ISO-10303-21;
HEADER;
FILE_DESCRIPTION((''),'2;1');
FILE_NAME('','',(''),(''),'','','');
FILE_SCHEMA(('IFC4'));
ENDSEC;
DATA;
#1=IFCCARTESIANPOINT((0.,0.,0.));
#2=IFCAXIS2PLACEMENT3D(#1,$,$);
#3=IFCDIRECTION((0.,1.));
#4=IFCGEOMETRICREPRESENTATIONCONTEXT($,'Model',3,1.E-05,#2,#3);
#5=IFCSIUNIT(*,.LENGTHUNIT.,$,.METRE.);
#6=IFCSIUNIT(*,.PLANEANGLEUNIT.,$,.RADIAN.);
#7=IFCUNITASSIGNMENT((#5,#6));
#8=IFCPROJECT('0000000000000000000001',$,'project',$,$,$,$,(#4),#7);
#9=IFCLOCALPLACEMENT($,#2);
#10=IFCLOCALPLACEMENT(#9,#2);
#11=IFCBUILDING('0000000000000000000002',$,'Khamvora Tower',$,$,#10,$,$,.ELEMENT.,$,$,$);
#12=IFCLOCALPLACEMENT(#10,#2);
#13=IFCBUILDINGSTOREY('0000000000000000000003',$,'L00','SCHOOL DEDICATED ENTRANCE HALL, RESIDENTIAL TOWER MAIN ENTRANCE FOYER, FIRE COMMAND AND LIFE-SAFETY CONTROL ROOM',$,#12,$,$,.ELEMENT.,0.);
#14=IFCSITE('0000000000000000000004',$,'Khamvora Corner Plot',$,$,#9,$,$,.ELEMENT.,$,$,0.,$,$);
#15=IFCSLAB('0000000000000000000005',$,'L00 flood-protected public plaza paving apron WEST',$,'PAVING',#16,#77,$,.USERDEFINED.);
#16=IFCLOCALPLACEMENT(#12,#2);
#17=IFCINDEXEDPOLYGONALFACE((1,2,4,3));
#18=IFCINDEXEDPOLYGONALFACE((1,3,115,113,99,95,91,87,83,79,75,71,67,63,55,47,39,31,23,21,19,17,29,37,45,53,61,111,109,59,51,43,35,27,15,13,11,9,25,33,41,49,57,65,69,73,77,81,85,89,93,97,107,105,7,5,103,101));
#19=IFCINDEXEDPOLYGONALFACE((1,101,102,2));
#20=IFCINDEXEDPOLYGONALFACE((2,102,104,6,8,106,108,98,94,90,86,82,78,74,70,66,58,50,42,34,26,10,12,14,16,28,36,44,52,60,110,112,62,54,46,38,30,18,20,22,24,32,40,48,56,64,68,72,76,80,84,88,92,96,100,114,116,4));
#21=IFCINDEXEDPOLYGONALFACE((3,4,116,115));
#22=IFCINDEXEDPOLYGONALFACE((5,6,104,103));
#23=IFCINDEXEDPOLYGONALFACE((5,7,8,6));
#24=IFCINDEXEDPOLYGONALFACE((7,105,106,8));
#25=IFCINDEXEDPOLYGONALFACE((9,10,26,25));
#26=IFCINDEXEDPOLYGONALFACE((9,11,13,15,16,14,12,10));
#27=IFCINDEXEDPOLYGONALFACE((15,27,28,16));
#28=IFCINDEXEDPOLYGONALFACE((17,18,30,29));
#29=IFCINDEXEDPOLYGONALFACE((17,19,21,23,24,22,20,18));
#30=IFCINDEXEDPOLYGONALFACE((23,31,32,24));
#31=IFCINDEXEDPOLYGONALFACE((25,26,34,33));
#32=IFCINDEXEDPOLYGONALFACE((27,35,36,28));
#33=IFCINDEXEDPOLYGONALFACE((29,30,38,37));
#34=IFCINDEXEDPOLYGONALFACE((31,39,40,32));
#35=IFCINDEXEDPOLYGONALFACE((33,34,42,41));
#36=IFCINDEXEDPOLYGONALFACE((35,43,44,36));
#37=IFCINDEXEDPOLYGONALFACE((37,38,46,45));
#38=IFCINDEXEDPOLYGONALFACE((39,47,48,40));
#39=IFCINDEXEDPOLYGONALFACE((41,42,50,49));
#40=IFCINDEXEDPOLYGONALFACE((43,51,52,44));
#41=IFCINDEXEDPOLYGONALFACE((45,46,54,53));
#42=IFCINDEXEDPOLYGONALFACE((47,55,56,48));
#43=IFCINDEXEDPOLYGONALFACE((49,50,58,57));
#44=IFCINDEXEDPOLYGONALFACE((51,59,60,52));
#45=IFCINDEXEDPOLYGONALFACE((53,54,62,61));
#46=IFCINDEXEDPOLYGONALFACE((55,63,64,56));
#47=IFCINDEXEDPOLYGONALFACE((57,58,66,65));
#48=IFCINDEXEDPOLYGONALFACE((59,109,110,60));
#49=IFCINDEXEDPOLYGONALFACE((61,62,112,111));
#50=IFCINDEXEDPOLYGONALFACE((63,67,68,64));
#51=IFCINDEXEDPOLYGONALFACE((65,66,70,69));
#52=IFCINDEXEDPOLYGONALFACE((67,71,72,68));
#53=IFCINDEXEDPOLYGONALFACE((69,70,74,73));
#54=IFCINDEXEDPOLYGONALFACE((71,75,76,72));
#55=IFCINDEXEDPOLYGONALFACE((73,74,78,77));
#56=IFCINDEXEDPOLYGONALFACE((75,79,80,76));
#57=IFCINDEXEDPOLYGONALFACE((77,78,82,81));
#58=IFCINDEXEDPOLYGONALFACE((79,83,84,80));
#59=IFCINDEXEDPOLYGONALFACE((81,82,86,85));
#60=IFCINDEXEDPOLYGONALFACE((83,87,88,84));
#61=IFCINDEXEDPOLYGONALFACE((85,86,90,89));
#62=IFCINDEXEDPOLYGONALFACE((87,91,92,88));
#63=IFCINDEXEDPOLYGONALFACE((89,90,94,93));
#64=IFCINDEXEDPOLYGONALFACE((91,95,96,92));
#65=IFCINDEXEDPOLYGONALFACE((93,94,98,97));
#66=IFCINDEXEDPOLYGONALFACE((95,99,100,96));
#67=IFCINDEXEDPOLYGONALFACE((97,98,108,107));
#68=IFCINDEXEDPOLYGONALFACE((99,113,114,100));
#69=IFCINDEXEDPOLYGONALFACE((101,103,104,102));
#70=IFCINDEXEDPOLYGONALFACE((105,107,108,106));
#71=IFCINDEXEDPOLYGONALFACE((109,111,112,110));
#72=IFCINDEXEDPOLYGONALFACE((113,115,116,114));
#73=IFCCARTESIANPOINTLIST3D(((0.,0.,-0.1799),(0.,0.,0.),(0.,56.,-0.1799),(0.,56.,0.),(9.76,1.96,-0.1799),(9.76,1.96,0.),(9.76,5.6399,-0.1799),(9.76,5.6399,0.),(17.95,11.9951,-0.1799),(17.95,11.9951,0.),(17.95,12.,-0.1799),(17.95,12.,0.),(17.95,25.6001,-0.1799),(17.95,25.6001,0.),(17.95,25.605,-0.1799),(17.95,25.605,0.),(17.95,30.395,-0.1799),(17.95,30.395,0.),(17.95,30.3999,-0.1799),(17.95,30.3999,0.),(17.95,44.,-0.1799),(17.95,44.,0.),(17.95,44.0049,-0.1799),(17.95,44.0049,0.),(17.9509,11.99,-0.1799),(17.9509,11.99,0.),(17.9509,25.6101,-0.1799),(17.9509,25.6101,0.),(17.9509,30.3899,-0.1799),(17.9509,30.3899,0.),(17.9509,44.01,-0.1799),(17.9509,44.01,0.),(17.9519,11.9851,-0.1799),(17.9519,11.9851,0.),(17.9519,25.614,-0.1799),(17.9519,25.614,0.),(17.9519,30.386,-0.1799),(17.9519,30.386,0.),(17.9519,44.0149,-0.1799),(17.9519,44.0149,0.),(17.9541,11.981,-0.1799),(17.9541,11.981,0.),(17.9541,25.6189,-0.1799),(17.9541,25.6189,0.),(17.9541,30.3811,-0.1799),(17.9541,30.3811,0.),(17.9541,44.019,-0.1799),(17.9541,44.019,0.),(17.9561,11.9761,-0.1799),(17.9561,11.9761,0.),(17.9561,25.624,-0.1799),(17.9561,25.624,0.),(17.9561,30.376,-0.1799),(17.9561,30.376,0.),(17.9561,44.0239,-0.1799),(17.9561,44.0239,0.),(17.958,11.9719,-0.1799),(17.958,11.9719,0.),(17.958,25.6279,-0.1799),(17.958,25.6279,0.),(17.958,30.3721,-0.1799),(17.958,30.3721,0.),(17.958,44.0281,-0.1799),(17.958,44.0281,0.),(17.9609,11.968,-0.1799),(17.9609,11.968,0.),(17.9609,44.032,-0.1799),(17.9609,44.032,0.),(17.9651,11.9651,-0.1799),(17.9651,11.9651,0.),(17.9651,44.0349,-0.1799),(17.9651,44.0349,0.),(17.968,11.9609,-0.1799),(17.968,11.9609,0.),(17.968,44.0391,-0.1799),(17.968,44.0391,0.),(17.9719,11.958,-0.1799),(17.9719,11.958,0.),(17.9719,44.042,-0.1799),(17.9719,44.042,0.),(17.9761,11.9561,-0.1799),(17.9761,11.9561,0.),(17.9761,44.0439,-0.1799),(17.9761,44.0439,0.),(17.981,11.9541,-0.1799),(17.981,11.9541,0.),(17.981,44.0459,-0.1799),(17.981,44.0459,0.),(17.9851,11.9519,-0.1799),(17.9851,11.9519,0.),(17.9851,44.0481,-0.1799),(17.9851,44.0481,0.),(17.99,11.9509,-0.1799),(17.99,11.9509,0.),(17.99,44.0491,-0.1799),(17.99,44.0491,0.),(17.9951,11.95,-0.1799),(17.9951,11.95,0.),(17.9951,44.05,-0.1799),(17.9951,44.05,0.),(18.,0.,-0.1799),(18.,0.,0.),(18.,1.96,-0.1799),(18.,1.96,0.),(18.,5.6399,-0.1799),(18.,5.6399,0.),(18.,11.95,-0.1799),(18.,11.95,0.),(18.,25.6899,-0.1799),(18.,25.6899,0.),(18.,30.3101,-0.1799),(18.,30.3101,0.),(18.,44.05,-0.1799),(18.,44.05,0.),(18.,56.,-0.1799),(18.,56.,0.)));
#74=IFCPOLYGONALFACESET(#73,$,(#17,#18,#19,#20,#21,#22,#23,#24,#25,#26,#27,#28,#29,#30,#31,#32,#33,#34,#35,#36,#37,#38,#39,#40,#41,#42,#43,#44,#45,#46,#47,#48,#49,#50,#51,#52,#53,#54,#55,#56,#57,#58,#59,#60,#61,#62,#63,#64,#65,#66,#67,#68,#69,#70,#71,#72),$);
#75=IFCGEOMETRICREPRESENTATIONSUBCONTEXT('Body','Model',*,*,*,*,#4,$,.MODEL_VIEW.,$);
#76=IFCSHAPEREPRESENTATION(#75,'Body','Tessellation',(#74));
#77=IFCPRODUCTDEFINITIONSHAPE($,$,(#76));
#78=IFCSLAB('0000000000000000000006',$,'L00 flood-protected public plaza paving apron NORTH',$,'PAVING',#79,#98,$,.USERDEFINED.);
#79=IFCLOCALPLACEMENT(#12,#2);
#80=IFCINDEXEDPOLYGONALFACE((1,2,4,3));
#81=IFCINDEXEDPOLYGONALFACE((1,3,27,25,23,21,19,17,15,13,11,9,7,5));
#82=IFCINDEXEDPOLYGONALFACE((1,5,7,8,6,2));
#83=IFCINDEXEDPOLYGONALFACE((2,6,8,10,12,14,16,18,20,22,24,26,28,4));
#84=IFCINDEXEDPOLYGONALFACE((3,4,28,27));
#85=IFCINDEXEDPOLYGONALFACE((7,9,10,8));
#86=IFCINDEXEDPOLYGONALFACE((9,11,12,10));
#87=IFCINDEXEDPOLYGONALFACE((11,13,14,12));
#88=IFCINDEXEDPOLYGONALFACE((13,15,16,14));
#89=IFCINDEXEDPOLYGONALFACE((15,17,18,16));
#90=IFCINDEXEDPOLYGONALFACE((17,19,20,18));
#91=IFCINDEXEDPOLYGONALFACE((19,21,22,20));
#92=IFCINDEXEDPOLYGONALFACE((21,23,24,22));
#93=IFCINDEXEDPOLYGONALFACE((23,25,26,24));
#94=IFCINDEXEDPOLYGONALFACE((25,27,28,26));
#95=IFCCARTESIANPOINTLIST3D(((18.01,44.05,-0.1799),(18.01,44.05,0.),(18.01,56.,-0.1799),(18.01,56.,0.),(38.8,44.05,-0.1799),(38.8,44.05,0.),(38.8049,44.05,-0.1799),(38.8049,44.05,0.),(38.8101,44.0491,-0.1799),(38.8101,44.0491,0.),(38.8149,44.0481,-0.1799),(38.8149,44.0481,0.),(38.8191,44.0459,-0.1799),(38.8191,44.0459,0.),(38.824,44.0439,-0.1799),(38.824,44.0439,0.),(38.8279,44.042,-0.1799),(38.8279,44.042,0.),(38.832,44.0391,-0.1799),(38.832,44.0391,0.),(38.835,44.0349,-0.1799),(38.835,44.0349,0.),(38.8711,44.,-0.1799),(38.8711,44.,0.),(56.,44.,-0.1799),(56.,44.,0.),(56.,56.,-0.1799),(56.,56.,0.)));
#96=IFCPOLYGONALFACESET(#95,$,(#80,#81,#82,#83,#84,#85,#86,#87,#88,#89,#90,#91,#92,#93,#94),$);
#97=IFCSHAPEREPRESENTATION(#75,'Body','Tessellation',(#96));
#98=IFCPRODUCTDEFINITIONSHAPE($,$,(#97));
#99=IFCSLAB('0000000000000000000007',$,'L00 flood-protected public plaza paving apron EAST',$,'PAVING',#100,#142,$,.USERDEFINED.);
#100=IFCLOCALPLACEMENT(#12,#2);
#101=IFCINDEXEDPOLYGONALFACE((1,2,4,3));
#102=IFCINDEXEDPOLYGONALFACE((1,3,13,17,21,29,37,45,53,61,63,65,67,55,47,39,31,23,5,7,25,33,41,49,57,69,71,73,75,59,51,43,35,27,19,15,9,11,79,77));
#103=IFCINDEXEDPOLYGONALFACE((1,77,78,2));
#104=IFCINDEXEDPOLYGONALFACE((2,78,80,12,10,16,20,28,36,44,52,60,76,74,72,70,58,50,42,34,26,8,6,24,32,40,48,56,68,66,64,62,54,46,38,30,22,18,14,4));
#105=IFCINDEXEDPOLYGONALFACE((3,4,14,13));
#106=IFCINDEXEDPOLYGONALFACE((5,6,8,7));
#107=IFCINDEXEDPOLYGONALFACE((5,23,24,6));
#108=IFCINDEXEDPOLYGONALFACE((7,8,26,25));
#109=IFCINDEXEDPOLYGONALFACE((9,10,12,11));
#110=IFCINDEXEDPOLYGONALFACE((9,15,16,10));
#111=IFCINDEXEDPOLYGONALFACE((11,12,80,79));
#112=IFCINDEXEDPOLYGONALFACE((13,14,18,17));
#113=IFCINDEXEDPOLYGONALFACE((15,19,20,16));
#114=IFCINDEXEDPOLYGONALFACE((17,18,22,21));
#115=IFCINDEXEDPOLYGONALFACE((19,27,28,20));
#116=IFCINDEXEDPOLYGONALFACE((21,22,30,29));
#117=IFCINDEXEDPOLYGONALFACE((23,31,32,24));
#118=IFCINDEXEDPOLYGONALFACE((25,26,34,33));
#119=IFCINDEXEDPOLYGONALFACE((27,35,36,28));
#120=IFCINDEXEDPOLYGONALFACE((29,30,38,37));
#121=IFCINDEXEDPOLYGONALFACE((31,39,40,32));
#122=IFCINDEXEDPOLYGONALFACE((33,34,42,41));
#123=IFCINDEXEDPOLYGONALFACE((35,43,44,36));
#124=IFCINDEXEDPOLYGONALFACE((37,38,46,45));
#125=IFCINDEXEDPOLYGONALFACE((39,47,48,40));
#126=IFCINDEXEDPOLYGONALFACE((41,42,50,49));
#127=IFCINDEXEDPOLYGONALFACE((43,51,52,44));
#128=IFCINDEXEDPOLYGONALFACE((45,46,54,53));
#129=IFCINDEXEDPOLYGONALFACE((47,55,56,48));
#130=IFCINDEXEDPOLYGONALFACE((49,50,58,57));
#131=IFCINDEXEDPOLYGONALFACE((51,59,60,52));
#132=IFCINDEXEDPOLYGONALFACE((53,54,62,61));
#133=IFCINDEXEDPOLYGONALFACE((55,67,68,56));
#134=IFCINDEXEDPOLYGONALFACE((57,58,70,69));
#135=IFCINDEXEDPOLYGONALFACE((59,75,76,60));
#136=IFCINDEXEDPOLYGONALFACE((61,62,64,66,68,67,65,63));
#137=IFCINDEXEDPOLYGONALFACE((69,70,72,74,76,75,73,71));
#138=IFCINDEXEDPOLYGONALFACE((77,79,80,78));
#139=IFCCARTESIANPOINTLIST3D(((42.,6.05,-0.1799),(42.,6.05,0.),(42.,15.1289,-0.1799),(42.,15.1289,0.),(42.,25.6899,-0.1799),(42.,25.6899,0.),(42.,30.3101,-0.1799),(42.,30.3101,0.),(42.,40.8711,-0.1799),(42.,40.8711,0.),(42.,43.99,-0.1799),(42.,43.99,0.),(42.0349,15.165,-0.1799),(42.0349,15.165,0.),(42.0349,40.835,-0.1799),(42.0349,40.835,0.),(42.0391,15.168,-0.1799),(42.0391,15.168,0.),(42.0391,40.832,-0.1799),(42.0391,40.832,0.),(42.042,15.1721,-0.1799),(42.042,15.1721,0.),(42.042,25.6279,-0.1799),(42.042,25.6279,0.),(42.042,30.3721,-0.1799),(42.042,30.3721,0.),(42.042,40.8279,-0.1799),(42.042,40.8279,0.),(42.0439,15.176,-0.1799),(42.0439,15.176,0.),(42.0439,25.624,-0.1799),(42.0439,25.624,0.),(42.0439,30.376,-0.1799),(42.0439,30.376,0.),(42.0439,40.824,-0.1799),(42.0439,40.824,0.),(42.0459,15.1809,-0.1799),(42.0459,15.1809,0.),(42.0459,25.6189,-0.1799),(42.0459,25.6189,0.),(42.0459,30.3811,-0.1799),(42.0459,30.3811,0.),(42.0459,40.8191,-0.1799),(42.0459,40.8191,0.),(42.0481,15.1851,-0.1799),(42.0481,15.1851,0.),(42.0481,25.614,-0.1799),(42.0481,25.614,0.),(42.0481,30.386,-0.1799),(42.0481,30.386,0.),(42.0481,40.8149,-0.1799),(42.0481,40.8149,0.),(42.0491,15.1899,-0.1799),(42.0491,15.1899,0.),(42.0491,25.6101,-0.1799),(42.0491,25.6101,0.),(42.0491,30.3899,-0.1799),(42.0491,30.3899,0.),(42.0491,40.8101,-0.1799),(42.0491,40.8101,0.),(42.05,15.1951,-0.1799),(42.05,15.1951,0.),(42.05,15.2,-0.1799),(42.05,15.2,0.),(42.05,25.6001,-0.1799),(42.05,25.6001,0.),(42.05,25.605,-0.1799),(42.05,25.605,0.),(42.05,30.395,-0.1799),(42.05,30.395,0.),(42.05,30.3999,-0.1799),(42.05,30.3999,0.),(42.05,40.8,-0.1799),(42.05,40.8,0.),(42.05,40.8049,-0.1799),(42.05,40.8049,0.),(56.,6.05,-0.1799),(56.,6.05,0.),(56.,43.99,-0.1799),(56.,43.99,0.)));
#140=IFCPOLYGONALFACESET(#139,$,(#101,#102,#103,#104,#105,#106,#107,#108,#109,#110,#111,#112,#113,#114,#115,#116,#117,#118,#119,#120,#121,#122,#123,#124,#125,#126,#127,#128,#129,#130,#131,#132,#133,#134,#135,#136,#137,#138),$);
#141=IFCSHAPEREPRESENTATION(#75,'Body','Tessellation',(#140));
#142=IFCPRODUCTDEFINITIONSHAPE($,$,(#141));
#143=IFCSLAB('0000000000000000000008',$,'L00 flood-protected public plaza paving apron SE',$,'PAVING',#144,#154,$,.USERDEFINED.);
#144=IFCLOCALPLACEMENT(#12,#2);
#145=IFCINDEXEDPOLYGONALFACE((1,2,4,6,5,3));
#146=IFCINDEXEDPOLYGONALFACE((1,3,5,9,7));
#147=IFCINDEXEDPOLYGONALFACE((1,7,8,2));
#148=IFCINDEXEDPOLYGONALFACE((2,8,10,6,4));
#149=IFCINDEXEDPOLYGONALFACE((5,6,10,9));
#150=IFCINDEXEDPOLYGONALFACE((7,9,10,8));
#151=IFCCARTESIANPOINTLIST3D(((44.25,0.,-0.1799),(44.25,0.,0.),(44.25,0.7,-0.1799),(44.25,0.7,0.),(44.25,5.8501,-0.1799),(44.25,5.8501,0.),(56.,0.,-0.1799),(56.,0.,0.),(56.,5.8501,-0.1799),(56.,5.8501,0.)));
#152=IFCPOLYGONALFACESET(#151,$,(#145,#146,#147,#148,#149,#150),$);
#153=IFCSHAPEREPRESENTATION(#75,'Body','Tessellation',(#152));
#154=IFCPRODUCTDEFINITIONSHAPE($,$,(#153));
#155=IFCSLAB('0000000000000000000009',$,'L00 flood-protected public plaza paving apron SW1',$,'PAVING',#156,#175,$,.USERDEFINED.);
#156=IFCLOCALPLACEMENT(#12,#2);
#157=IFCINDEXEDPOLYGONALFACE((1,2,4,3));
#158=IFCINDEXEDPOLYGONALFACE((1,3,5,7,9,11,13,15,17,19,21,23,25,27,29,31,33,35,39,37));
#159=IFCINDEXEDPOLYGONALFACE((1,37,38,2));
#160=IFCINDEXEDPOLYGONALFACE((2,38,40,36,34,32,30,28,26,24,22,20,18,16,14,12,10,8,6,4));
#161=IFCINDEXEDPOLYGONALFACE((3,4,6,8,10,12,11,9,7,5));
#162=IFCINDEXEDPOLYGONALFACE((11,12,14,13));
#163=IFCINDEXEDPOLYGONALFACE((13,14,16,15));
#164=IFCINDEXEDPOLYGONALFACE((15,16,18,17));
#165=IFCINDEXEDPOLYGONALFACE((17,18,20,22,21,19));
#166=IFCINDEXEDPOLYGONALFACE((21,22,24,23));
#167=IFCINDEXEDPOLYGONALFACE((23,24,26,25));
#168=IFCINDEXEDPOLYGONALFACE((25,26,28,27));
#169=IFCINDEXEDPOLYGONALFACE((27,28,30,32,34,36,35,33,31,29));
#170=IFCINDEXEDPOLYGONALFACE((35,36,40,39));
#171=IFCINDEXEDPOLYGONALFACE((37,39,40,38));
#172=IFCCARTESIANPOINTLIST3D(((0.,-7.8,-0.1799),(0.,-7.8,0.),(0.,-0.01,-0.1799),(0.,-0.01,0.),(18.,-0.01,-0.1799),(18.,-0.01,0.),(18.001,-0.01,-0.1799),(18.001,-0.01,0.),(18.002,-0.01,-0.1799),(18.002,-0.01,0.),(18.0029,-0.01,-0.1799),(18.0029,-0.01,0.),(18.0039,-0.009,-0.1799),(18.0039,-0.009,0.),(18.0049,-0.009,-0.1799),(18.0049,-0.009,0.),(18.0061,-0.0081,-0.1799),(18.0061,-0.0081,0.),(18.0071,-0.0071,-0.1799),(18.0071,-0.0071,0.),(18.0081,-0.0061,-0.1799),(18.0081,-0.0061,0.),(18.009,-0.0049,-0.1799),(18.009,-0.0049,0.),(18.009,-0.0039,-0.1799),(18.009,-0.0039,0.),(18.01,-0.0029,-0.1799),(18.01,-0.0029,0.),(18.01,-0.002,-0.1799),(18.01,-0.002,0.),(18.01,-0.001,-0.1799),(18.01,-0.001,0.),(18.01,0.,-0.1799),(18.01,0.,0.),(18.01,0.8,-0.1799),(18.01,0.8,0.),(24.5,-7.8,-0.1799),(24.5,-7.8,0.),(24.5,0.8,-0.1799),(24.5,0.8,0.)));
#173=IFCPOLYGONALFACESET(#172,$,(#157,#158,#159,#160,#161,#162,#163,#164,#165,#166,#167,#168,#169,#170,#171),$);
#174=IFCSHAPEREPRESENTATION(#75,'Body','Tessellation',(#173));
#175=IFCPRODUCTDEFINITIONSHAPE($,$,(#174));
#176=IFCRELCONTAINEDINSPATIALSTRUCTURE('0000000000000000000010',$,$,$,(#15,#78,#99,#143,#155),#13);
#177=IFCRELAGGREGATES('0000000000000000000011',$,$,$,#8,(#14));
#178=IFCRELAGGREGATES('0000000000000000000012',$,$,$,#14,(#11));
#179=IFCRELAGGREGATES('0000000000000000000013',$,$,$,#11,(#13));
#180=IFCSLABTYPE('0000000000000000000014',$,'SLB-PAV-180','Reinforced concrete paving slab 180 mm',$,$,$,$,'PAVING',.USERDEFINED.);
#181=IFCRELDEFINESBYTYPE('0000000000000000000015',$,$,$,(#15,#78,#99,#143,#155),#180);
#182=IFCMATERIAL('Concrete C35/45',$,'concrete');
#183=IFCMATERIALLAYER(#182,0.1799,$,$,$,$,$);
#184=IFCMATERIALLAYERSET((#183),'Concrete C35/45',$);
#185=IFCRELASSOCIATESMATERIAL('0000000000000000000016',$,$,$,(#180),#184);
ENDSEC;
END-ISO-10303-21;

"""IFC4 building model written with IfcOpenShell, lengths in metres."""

from ifc_helpers import new_model, si_unit, direction, frame, origin, place, context, subcontext, project, spatial, polyline, outline, extrude, material, layer, layer_set, type_object, element, save


model = new_model("IFC4")

# Units and contexts
model_context = context("Model", 3, precision=1e-05, world=origin(), true_north=direction((0.0, 1.0)))
body_context = subcontext(model_context, "Body", "Model", "MODEL_VIEW")
ifc_project = project(units=[si_unit("LENGTHUNIT", "METRE"), si_unit("PLANEANGLEUNIT", "RADIAN")], contexts=[model_context])

# Site, building, storey
site_placement = place(None, origin())
site = spatial("IfcSite", under=ifc_project, at=site_placement, Name="Khamvora Corner Plot", CompositionType="ELEMENT", RefElevation=0.0)
building_placement = place(site_placement, origin())
building = spatial("IfcBuilding", under=site, at=building_placement, Name="Khamvora Tower", CompositionType="ELEMENT")
storey_placement = place(building_placement, origin())
storey = spatial("IfcBuildingStorey", under=building, at=storey_placement, Name="L00", Description="SCHOOL DEDICATED ENTRANCE HALL, RESIDENTIAL TOWER MAIN ENTRANCE FOYER, FIRE COMMAND AND LIFE-SAFETY CONTROL ROOM", CompositionType="ELEMENT", Elevation=0.0)

# Slabs
ifc_material_1 = material(Name="Concrete C35/45", Category="concrete")
ifc_layer_1 = layer(ifc_material_1, 0.1799)
ifc_layer_set_1 = layer_set([ifc_layer_1], Name="Concrete C35/45")
slab_type_1 = type_object("IfcSlabType", Name="SLB-PAV-180", Description="Reinforced concrete paving slab 180 mm", ElementType="PAVING", PredefinedType="USERDEFINED", material=ifc_layer_set_1)
slab_1_placement = place(storey_placement, frame((0.0, 0.0, -0.1799)))
element("IfcSlab", 1, at=slab_1_placement, inside=storey, type_object=slab_type_1, Name="L00 flood-protected public plaza paving apron WEST", ObjectType="PAVING", PredefinedType="USERDEFINED", context=body_context, shape_type="SweptSolid", body=[
    extrude(outline(polyline([(18.0, 0.0), (0.0, 0.0), (0.0, 56.0), (18.0, 56.0), (18.0, 44.05), (17.9951, 44.05), (17.99, 44.0491), (17.9851, 44.0481), (17.981, 44.0459), (17.9761, 44.0439), (17.9719, 44.042), (17.968, 44.0391), (17.9651, 44.0349), (17.9609, 44.032), (17.958, 44.0281), (17.9561, 44.0239), (17.9541, 44.019), (17.9519, 44.0149), (17.9509, 44.01), (17.95, 44.0049), (17.95, 44.0), (17.95, 30.3999), (17.95, 30.395), (17.9509, 30.3899), (17.9519, 30.386), (17.9541, 30.3811), (17.9561, 30.376), (17.958, 30.3721), (18.0, 30.3101), (18.0, 25.6899), (17.958, 25.6279), (17.9561, 25.624), (17.9541, 25.6189), (17.9519, 25.614), (17.9509, 25.6101), (17.95, 25.605), (17.95, 25.6001), (17.95, 12.0), (17.95, 11.9951), (17.9509, 11.99), (17.9519, 11.9851), (17.9541, 11.981), (17.9561, 11.9761), (17.958, 11.9719), (17.9609, 11.968), (17.9651, 11.9651), (17.968, 11.9609), (17.9719, 11.958), (17.9761, 11.9561), (17.981, 11.9541), (17.9851, 11.9519), (17.99, 11.9509), (17.9951, 11.95), (18.0, 11.95), (18.0, 5.6399), (9.76, 5.6399), (9.76, 1.96), (18.0, 1.96), (18.0, 0.0)])), origin(), (0.0, 0.0, 1.0), 0.1799),
])
slab_2_placement = place(storey_placement, frame((0.0, 0.0, -0.1799)))
element("IfcSlab", 2, at=slab_2_placement, inside=storey, type_object=slab_type_1, Name="L00 flood-protected public plaza paving apron NORTH", ObjectType="PAVING", PredefinedType="USERDEFINED", context=body_context, shape_type="SweptSolid", body=[
    extrude(outline(polyline([(56.0, 56.0), (56.0, 44.0), (38.8711, 44.0), (38.835, 44.0349), (38.832, 44.0391), (38.8279, 44.042), (38.824, 44.0439), (38.8191, 44.0459), (38.8149, 44.0481), (38.8101, 44.0491), (38.8049, 44.05), (38.8, 44.05), (18.01, 44.05), (18.01, 56.0), (56.0, 56.0)])), origin(), (0.0, 0.0, 1.0), 0.1799),
])
slab_3_placement = place(storey_placement, frame((0.0, 0.0, -0.1799)))
element("IfcSlab", 3, at=slab_3_placement, inside=storey, type_object=slab_type_1, Name="L00 flood-protected public plaza paving apron EAST", ObjectType="PAVING", PredefinedType="USERDEFINED", context=body_context, shape_type="SweptSolid", body=[
    extrude(outline(polyline([(56.0, 6.05), (42.0, 6.05), (42.0, 15.1289), (42.0349, 15.165), (42.0391, 15.168), (42.042, 15.1721), (42.0439, 15.176), (42.0459, 15.1809), (42.0481, 15.1851), (42.0491, 15.1899), (42.05, 15.1951), (42.05, 15.2), (42.05, 25.6001), (42.05, 25.605), (42.0491, 25.6101), (42.0481, 25.614), (42.0459, 25.6189), (42.0439, 25.624), (42.042, 25.6279), (42.0, 25.6899), (42.0, 30.3101), (42.042, 30.3721), (42.0439, 30.376), (42.0459, 30.3811), (42.0481, 30.386), (42.0491, 30.3899), (42.05, 30.395), (42.05, 30.3999), (42.05, 40.8), (42.05, 40.8049), (42.0491, 40.8101), (42.0481, 40.8149), (42.0459, 40.8191), (42.0439, 40.824), (42.042, 40.8279), (42.0391, 40.832), (42.0349, 40.835), (42.0, 40.8711), (42.0, 43.99), (56.0, 43.99), (56.0, 6.05)])), origin(), (0.0, 0.0, 1.0), 0.1799),
])
slab_4_placement = place(storey_placement, frame((0.0, 0.0, -0.1799)))
element("IfcSlab", 4, at=slab_4_placement, inside=storey, type_object=slab_type_1, Name="L00 flood-protected public plaza paving apron SE", ObjectType="PAVING", PredefinedType="USERDEFINED", context=body_context, shape_type="SweptSolid", body=[
    extrude(outline(polyline([(56.0, 5.8501), (56.0, 0.0), (44.25, 0.0), (44.25, 0.7), (44.25, 5.8501), (56.0, 5.8501)])), origin(), (0.0, 0.0, 1.0), 0.1799),
])
slab_5_placement = place(storey_placement, frame((0.0, 0.0, -0.1799)))
element("IfcSlab", 5, at=slab_5_placement, inside=storey, type_object=slab_type_1, Name="L00 flood-protected public plaza paving apron SW1", ObjectType="PAVING", PredefinedType="USERDEFINED", context=body_context, shape_type="SweptSolid", body=[
    extrude(outline(polyline([(24.5, 0.8), (24.5, -7.8), (0.0, -7.8), (0.0, -0.01), (18.0, -0.01), (18.001, -0.01), (18.002, -0.01), (18.0029, -0.01), (18.0039, -0.009), (18.0049, -0.009), (18.0061, -0.0081), (18.0061, -0.0081), (18.0071, -0.0071), (18.0081, -0.0061), (18.0081, -0.0061), (18.009, -0.0049), (18.009, -0.0039), (18.01, -0.0029), (18.01, -0.002), (18.01, -0.001), (18.01, 0.0), (18.01, 0.8), (24.5, 0.8)])), origin(), (0.0, 0.0, 1.0), 0.1799),
])

save(model, "model.ifc")
